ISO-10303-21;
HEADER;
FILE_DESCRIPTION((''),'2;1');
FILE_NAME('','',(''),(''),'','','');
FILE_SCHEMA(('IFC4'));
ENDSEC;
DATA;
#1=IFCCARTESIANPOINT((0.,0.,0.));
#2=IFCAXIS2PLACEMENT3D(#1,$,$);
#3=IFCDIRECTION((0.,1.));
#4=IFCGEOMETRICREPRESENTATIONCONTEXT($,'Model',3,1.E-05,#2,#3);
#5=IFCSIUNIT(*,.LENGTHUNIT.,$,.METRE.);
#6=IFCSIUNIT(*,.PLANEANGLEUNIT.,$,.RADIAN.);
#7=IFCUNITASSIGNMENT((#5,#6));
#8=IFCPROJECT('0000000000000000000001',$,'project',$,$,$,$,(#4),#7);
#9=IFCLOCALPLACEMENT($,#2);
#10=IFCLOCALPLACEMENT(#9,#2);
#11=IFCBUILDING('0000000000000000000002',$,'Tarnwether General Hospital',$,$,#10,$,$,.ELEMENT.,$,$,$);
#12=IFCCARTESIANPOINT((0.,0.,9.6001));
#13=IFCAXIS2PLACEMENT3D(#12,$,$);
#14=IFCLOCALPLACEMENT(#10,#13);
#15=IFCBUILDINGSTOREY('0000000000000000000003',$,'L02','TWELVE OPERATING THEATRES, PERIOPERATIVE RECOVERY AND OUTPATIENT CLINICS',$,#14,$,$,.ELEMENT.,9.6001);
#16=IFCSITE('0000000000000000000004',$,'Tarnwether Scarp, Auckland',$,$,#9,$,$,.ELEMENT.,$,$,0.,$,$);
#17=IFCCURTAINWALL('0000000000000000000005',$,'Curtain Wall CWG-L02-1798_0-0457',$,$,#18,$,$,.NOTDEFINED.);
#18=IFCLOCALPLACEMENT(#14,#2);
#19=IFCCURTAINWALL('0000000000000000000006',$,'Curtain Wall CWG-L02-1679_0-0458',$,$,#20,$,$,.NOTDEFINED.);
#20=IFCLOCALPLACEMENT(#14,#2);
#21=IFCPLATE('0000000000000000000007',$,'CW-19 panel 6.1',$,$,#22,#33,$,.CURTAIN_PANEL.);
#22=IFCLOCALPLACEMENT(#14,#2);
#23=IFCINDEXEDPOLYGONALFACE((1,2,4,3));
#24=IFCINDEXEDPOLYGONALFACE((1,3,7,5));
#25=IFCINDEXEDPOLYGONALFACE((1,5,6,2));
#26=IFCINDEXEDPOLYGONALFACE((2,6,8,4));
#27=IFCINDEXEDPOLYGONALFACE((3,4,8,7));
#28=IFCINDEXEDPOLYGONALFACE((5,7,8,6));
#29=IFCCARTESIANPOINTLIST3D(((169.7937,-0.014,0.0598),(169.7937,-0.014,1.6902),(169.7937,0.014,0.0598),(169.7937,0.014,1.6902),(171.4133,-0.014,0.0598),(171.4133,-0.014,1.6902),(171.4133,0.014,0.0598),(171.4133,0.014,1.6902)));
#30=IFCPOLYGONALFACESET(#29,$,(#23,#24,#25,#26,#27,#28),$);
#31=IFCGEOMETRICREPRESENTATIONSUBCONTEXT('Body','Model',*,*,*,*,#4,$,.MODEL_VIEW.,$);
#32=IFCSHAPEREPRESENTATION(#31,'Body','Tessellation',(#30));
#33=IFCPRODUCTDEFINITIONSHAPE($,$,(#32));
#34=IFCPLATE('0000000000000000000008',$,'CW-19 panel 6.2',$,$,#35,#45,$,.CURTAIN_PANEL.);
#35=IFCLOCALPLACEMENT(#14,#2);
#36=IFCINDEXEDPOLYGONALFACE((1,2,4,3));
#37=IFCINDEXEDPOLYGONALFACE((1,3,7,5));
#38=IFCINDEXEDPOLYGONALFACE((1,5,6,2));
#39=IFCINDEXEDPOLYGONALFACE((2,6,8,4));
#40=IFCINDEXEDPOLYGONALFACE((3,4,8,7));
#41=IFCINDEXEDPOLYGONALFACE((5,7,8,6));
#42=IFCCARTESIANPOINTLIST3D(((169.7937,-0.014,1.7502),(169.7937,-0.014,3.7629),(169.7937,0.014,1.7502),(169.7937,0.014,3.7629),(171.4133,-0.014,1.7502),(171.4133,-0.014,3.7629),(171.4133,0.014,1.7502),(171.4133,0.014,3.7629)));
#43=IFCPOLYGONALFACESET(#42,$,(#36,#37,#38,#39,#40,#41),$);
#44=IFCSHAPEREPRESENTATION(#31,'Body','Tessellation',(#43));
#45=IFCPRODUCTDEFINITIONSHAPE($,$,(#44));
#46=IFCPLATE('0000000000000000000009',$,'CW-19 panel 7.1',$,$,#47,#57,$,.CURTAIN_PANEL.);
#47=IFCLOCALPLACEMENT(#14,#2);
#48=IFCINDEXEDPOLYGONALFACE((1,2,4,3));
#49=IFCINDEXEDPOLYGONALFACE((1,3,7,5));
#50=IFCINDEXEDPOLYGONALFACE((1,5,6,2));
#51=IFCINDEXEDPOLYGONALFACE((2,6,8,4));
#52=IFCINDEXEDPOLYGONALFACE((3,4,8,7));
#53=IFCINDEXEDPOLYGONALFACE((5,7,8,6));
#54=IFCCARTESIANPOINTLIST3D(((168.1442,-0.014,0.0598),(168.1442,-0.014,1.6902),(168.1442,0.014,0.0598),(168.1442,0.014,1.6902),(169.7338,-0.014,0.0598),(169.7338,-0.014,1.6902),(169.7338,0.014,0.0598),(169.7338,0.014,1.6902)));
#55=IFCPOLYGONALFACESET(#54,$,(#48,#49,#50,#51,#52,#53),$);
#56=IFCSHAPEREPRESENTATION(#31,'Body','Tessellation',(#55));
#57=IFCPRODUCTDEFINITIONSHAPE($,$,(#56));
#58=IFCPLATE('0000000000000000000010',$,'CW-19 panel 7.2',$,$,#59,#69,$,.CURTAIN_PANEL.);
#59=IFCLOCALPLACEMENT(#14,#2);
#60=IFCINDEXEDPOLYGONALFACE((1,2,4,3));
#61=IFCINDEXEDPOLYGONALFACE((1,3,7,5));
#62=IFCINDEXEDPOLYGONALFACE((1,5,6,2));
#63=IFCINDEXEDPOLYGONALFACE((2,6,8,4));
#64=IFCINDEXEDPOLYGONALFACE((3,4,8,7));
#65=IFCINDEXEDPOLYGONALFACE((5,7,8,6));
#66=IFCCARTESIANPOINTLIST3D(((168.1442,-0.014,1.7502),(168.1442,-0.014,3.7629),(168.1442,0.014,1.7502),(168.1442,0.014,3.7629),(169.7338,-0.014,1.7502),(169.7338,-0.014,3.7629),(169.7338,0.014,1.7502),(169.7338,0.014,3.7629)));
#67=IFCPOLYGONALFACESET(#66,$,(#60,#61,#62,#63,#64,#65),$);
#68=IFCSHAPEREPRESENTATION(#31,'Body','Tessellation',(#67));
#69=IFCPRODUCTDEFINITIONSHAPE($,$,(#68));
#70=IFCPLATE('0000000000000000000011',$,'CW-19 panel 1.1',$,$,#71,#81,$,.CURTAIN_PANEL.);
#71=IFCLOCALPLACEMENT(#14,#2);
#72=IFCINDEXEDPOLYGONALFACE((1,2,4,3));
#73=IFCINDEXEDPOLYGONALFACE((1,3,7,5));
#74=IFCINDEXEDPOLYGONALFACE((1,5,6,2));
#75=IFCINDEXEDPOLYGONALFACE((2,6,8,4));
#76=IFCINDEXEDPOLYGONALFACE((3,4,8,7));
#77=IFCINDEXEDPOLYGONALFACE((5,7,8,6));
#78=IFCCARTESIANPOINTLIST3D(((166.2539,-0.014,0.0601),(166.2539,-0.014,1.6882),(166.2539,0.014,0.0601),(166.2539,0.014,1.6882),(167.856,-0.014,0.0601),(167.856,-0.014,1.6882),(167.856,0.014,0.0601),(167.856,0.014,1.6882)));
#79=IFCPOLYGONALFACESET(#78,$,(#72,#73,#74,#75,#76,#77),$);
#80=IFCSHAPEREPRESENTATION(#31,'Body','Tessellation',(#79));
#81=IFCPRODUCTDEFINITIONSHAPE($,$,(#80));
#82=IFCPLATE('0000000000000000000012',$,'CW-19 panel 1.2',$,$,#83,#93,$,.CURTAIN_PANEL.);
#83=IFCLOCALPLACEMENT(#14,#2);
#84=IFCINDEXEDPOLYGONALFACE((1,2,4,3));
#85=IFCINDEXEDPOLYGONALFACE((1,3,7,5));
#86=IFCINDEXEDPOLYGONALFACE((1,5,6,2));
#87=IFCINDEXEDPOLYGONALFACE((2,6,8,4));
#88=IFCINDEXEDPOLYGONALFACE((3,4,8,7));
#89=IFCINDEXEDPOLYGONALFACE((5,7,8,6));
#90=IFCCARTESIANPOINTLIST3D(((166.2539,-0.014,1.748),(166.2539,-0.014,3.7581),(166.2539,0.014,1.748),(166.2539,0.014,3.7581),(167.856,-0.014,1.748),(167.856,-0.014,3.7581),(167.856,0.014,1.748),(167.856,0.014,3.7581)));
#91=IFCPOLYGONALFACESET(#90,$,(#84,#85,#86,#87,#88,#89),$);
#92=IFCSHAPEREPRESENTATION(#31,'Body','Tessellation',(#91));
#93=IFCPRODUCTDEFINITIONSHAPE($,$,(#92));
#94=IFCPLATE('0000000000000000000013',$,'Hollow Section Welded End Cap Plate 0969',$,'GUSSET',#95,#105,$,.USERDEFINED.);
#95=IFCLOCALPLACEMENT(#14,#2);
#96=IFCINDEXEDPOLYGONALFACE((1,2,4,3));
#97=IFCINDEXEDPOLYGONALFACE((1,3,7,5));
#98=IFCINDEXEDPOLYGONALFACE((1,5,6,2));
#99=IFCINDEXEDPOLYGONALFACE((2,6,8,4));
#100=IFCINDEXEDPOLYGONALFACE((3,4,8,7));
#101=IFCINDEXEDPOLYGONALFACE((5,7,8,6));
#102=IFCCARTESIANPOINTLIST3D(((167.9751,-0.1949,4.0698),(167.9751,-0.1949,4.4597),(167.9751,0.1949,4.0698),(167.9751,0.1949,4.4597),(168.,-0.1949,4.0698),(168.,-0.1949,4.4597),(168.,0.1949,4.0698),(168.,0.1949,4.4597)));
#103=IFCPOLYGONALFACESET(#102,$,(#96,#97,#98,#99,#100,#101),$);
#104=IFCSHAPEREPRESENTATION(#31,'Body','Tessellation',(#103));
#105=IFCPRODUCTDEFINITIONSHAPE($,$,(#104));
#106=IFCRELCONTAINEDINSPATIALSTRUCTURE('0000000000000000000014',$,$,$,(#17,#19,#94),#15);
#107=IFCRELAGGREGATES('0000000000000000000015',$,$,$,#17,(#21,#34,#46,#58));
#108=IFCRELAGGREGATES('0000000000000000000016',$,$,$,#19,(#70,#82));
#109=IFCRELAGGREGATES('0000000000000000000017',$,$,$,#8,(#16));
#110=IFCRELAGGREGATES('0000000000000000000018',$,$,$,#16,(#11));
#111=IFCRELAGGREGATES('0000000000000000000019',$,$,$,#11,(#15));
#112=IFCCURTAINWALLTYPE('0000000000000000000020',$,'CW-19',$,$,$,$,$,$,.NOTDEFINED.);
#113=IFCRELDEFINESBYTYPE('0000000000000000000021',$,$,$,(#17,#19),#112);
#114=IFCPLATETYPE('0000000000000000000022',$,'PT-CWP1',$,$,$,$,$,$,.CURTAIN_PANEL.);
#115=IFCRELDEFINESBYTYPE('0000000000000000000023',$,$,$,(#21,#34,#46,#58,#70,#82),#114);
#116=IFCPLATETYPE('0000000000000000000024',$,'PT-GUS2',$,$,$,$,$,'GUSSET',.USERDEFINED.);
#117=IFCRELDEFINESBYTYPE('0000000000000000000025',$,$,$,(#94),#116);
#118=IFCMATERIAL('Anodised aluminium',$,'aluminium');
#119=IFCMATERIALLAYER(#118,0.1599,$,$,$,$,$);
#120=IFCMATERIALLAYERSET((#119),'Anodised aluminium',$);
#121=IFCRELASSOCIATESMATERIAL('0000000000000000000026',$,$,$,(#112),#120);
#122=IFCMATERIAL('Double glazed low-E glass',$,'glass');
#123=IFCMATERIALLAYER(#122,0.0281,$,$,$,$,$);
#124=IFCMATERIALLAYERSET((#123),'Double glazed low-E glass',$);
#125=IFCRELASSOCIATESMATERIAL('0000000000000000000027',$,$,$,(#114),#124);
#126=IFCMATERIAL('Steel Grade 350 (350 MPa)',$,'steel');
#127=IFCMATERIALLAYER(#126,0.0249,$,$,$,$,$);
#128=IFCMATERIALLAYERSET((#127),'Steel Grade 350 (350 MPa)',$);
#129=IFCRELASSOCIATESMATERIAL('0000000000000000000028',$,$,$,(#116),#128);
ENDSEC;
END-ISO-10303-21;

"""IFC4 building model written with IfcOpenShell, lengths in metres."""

from ifc_helpers import new_model, si_unit, direction, frame, origin, origin_2d, place, context, subcontext, project, spatial, rectangle, extrude, material, layer, layer_set, type_object, element, aggregate, save


model = new_model("IFC4")

# Units and contexts
model_context = context("Model", 3, precision=1e-05, world=origin(), true_north=direction((0.0, 1.0)))
body_context = subcontext(model_context, "Body", "Model", "MODEL_VIEW")
ifc_project = project(units=[si_unit("LENGTHUNIT", "METRE"), si_unit("PLANEANGLEUNIT", "RADIAN")], contexts=[model_context])

# Site, building, storey
site_placement = place(None, origin())
site = spatial("IfcSite", under=ifc_project, at=site_placement, Name="Tarnwether Scarp, Auckland", CompositionType="ELEMENT", RefElevation=0.0)
building_placement = place(site_placement, origin())
building = spatial("IfcBuilding", under=site, at=building_placement, Name="Tarnwether General Hospital", CompositionType="ELEMENT")
storey_placement = place(building_placement, frame((0.0, 0.0, 9.6001)))
storey = spatial("IfcBuildingStorey", under=building, at=storey_placement, Name="L02", Description="TWELVE OPERATING THEATRES, PERIOPERATIVE RECOVERY AND OUTPATIENT CLINICS", CompositionType="ELEMENT", Elevation=9.6001)

# Curtain walls
ifc_material_1 = material(Name="Anodised aluminium", Category="aluminium")
ifc_layer_1 = layer(ifc_material_1, 0.1599)
ifc_layer_set_1 = layer_set([ifc_layer_1], Name="Anodised aluminium")
curtain_wall_type = type_object("IfcCurtainWallType", Name="CW-19", PredefinedType="NOTDEFINED", material=ifc_layer_set_1)
curtain_wall_1_placement = place(storey_placement, origin())
curtain_wall_1 = element("IfcCurtainWall", 1, at=curtain_wall_1_placement, inside=storey, type_object=curtain_wall_type, Name="Curtain Wall CWG-L02-1798_0-0457", PredefinedType="NOTDEFINED")
curtain_wall_2_placement = place(storey_placement, origin())
curtain_wall_2 = element("IfcCurtainWall", 2, at=curtain_wall_2_placement, inside=storey, type_object=curtain_wall_type, Name="Curtain Wall CWG-L02-1679_0-0458", PredefinedType="NOTDEFINED")

# Plates
ifc_material_2 = material(Name="Double glazed low-E glass", Category="glass")
ifc_layer_2 = layer(ifc_material_2, 0.0281)
ifc_layer_set_2 = layer_set([ifc_layer_2], Name="Double glazed low-E glass")
plate_type_1 = type_object("IfcPlateType", Name="PT-CWP1", PredefinedType="CURTAIN_PANEL", material=ifc_layer_set_2)
plate_1_placement = place(storey_placement, frame((170.6035, 0.0, 0.0598), z_axis=(0.0, 0.0, 1.0), x_axis=(-1.0, 0.0, 0.0)))
plate_1 = element("IfcPlate", 3, at=plate_1_placement, type_object=plate_type_1, Name="CW-19 panel 6.1", PredefinedType="CURTAIN_PANEL", context=body_context, shape_type="SweptSolid", body=[
    extrude(rectangle(XDim=1.6196, YDim=0.0281, at=origin_2d()), origin(), (0.0, 0.0, 1.0), 1.6304),
])
plate_2_placement = place(storey_placement, frame((170.6035, 0.0, 1.7502), z_axis=(0.0, 0.0, 1.0), x_axis=(-1.0, 0.0, 0.0)))
plate_2 = element("IfcPlate", 4, at=plate_2_placement, type_object=plate_type_1, Name="CW-19 panel 6.2", PredefinedType="CURTAIN_PANEL", context=body_context, shape_type="SweptSolid", body=[
    extrude(rectangle(XDim=1.6196, YDim=0.0281, at=origin_2d()), origin(), (0.0, 0.0, 1.0), 2.0127),
])
plate_3_placement = place(storey_placement, frame((168.939, 0.0, 0.0598), z_axis=(0.0, 0.0, 1.0), x_axis=(-1.0, 0.0, 0.0)))
plate_3 = element("IfcPlate", 5, at=plate_3_placement, type_object=plate_type_1, Name="CW-19 panel 7.1", PredefinedType="CURTAIN_PANEL", context=body_context, shape_type="SweptSolid", body=[
    extrude(rectangle(XDim=1.5896, YDim=0.0281, at=origin_2d()), origin(), (0.0, 0.0, 1.0), 1.6304),
])
plate_4_placement = place(storey_placement, frame((168.939, 0.0, 1.7502), z_axis=(0.0, 0.0, 1.0), x_axis=(-1.0, 0.0, 0.0)))
plate_4 = element("IfcPlate", 6, at=plate_4_placement, type_object=plate_type_1, Name="CW-19 panel 7.2", PredefinedType="CURTAIN_PANEL", context=body_context, shape_type="SweptSolid", body=[
    extrude(rectangle(XDim=1.5896, YDim=0.0281, at=origin_2d()), origin(), (0.0, 0.0, 1.0), 2.0127),
])
aggregate(curtain_wall_1, [plate_1, plate_2, plate_3, plate_4])
plate_5_placement = place(storey_placement, frame((167.0549, 0.0, 0.0601), z_axis=(0.0, 0.0, 1.0), x_axis=(-1.0, 0.0, 0.0)))
plate_5 = element("IfcPlate", 7, at=plate_5_placement, type_object=plate_type_1, Name="CW-19 panel 1.1", PredefinedType="CURTAIN_PANEL", context=body_context, shape_type="SweptSolid", body=[
    extrude(rectangle(XDim=1.6021, YDim=0.0281, at=origin_2d()), origin(), (0.0, 0.0, 1.0), 1.6282),
])
plate_6_placement = place(storey_placement, frame((167.0549, 0.0, 1.748), z_axis=(0.0, 0.0, 1.0), x_axis=(-1.0, 0.0, 0.0)))
plate_6 = element("IfcPlate", 8, at=plate_6_placement, type_object=plate_type_1, Name="CW-19 panel 1.2", PredefinedType="CURTAIN_PANEL", context=body_context, shape_type="SweptSolid", body=[
    extrude(rectangle(XDim=1.6021, YDim=0.0281, at=origin_2d()), origin(), (0.0, 0.0, 1.0), 2.01),
])
aggregate(curtain_wall_2, [plate_5, plate_6])
ifc_material_3 = material(Name="Steel Grade 350 (350 MPa)", Category="steel")
ifc_layer_3 = layer(ifc_material_3, 0.0249)
ifc_layer_set_3 = layer_set([ifc_layer_3], Name="Steel Grade 350 (350 MPa)")
plate_type_2 = type_object("IfcPlateType", Name="PT-GUS2", ElementType="GUSSET", PredefinedType="USERDEFINED", material=ifc_layer_set_3)
plate_7_placement = place(storey_placement, frame((167.9875, 0.0, 4.0698), z_axis=(0.0, 0.0, 1.0), x_axis=(1.0, 0.0, 0.0)))
element("IfcPlate", 9, at=plate_7_placement, inside=storey, type_object=plate_type_2, Name="Hollow Section Welded End Cap Plate 0969", ObjectType="GUSSET", PredefinedType="USERDEFINED", context=body_context, shape_type="SweptSolid", body=[
    extrude(rectangle(XDim=0.0249, YDim=0.3899, at=origin_2d()), origin(), (0.0, 0.0, 1.0), 0.3899),
])

save(model, "model.ifc")
